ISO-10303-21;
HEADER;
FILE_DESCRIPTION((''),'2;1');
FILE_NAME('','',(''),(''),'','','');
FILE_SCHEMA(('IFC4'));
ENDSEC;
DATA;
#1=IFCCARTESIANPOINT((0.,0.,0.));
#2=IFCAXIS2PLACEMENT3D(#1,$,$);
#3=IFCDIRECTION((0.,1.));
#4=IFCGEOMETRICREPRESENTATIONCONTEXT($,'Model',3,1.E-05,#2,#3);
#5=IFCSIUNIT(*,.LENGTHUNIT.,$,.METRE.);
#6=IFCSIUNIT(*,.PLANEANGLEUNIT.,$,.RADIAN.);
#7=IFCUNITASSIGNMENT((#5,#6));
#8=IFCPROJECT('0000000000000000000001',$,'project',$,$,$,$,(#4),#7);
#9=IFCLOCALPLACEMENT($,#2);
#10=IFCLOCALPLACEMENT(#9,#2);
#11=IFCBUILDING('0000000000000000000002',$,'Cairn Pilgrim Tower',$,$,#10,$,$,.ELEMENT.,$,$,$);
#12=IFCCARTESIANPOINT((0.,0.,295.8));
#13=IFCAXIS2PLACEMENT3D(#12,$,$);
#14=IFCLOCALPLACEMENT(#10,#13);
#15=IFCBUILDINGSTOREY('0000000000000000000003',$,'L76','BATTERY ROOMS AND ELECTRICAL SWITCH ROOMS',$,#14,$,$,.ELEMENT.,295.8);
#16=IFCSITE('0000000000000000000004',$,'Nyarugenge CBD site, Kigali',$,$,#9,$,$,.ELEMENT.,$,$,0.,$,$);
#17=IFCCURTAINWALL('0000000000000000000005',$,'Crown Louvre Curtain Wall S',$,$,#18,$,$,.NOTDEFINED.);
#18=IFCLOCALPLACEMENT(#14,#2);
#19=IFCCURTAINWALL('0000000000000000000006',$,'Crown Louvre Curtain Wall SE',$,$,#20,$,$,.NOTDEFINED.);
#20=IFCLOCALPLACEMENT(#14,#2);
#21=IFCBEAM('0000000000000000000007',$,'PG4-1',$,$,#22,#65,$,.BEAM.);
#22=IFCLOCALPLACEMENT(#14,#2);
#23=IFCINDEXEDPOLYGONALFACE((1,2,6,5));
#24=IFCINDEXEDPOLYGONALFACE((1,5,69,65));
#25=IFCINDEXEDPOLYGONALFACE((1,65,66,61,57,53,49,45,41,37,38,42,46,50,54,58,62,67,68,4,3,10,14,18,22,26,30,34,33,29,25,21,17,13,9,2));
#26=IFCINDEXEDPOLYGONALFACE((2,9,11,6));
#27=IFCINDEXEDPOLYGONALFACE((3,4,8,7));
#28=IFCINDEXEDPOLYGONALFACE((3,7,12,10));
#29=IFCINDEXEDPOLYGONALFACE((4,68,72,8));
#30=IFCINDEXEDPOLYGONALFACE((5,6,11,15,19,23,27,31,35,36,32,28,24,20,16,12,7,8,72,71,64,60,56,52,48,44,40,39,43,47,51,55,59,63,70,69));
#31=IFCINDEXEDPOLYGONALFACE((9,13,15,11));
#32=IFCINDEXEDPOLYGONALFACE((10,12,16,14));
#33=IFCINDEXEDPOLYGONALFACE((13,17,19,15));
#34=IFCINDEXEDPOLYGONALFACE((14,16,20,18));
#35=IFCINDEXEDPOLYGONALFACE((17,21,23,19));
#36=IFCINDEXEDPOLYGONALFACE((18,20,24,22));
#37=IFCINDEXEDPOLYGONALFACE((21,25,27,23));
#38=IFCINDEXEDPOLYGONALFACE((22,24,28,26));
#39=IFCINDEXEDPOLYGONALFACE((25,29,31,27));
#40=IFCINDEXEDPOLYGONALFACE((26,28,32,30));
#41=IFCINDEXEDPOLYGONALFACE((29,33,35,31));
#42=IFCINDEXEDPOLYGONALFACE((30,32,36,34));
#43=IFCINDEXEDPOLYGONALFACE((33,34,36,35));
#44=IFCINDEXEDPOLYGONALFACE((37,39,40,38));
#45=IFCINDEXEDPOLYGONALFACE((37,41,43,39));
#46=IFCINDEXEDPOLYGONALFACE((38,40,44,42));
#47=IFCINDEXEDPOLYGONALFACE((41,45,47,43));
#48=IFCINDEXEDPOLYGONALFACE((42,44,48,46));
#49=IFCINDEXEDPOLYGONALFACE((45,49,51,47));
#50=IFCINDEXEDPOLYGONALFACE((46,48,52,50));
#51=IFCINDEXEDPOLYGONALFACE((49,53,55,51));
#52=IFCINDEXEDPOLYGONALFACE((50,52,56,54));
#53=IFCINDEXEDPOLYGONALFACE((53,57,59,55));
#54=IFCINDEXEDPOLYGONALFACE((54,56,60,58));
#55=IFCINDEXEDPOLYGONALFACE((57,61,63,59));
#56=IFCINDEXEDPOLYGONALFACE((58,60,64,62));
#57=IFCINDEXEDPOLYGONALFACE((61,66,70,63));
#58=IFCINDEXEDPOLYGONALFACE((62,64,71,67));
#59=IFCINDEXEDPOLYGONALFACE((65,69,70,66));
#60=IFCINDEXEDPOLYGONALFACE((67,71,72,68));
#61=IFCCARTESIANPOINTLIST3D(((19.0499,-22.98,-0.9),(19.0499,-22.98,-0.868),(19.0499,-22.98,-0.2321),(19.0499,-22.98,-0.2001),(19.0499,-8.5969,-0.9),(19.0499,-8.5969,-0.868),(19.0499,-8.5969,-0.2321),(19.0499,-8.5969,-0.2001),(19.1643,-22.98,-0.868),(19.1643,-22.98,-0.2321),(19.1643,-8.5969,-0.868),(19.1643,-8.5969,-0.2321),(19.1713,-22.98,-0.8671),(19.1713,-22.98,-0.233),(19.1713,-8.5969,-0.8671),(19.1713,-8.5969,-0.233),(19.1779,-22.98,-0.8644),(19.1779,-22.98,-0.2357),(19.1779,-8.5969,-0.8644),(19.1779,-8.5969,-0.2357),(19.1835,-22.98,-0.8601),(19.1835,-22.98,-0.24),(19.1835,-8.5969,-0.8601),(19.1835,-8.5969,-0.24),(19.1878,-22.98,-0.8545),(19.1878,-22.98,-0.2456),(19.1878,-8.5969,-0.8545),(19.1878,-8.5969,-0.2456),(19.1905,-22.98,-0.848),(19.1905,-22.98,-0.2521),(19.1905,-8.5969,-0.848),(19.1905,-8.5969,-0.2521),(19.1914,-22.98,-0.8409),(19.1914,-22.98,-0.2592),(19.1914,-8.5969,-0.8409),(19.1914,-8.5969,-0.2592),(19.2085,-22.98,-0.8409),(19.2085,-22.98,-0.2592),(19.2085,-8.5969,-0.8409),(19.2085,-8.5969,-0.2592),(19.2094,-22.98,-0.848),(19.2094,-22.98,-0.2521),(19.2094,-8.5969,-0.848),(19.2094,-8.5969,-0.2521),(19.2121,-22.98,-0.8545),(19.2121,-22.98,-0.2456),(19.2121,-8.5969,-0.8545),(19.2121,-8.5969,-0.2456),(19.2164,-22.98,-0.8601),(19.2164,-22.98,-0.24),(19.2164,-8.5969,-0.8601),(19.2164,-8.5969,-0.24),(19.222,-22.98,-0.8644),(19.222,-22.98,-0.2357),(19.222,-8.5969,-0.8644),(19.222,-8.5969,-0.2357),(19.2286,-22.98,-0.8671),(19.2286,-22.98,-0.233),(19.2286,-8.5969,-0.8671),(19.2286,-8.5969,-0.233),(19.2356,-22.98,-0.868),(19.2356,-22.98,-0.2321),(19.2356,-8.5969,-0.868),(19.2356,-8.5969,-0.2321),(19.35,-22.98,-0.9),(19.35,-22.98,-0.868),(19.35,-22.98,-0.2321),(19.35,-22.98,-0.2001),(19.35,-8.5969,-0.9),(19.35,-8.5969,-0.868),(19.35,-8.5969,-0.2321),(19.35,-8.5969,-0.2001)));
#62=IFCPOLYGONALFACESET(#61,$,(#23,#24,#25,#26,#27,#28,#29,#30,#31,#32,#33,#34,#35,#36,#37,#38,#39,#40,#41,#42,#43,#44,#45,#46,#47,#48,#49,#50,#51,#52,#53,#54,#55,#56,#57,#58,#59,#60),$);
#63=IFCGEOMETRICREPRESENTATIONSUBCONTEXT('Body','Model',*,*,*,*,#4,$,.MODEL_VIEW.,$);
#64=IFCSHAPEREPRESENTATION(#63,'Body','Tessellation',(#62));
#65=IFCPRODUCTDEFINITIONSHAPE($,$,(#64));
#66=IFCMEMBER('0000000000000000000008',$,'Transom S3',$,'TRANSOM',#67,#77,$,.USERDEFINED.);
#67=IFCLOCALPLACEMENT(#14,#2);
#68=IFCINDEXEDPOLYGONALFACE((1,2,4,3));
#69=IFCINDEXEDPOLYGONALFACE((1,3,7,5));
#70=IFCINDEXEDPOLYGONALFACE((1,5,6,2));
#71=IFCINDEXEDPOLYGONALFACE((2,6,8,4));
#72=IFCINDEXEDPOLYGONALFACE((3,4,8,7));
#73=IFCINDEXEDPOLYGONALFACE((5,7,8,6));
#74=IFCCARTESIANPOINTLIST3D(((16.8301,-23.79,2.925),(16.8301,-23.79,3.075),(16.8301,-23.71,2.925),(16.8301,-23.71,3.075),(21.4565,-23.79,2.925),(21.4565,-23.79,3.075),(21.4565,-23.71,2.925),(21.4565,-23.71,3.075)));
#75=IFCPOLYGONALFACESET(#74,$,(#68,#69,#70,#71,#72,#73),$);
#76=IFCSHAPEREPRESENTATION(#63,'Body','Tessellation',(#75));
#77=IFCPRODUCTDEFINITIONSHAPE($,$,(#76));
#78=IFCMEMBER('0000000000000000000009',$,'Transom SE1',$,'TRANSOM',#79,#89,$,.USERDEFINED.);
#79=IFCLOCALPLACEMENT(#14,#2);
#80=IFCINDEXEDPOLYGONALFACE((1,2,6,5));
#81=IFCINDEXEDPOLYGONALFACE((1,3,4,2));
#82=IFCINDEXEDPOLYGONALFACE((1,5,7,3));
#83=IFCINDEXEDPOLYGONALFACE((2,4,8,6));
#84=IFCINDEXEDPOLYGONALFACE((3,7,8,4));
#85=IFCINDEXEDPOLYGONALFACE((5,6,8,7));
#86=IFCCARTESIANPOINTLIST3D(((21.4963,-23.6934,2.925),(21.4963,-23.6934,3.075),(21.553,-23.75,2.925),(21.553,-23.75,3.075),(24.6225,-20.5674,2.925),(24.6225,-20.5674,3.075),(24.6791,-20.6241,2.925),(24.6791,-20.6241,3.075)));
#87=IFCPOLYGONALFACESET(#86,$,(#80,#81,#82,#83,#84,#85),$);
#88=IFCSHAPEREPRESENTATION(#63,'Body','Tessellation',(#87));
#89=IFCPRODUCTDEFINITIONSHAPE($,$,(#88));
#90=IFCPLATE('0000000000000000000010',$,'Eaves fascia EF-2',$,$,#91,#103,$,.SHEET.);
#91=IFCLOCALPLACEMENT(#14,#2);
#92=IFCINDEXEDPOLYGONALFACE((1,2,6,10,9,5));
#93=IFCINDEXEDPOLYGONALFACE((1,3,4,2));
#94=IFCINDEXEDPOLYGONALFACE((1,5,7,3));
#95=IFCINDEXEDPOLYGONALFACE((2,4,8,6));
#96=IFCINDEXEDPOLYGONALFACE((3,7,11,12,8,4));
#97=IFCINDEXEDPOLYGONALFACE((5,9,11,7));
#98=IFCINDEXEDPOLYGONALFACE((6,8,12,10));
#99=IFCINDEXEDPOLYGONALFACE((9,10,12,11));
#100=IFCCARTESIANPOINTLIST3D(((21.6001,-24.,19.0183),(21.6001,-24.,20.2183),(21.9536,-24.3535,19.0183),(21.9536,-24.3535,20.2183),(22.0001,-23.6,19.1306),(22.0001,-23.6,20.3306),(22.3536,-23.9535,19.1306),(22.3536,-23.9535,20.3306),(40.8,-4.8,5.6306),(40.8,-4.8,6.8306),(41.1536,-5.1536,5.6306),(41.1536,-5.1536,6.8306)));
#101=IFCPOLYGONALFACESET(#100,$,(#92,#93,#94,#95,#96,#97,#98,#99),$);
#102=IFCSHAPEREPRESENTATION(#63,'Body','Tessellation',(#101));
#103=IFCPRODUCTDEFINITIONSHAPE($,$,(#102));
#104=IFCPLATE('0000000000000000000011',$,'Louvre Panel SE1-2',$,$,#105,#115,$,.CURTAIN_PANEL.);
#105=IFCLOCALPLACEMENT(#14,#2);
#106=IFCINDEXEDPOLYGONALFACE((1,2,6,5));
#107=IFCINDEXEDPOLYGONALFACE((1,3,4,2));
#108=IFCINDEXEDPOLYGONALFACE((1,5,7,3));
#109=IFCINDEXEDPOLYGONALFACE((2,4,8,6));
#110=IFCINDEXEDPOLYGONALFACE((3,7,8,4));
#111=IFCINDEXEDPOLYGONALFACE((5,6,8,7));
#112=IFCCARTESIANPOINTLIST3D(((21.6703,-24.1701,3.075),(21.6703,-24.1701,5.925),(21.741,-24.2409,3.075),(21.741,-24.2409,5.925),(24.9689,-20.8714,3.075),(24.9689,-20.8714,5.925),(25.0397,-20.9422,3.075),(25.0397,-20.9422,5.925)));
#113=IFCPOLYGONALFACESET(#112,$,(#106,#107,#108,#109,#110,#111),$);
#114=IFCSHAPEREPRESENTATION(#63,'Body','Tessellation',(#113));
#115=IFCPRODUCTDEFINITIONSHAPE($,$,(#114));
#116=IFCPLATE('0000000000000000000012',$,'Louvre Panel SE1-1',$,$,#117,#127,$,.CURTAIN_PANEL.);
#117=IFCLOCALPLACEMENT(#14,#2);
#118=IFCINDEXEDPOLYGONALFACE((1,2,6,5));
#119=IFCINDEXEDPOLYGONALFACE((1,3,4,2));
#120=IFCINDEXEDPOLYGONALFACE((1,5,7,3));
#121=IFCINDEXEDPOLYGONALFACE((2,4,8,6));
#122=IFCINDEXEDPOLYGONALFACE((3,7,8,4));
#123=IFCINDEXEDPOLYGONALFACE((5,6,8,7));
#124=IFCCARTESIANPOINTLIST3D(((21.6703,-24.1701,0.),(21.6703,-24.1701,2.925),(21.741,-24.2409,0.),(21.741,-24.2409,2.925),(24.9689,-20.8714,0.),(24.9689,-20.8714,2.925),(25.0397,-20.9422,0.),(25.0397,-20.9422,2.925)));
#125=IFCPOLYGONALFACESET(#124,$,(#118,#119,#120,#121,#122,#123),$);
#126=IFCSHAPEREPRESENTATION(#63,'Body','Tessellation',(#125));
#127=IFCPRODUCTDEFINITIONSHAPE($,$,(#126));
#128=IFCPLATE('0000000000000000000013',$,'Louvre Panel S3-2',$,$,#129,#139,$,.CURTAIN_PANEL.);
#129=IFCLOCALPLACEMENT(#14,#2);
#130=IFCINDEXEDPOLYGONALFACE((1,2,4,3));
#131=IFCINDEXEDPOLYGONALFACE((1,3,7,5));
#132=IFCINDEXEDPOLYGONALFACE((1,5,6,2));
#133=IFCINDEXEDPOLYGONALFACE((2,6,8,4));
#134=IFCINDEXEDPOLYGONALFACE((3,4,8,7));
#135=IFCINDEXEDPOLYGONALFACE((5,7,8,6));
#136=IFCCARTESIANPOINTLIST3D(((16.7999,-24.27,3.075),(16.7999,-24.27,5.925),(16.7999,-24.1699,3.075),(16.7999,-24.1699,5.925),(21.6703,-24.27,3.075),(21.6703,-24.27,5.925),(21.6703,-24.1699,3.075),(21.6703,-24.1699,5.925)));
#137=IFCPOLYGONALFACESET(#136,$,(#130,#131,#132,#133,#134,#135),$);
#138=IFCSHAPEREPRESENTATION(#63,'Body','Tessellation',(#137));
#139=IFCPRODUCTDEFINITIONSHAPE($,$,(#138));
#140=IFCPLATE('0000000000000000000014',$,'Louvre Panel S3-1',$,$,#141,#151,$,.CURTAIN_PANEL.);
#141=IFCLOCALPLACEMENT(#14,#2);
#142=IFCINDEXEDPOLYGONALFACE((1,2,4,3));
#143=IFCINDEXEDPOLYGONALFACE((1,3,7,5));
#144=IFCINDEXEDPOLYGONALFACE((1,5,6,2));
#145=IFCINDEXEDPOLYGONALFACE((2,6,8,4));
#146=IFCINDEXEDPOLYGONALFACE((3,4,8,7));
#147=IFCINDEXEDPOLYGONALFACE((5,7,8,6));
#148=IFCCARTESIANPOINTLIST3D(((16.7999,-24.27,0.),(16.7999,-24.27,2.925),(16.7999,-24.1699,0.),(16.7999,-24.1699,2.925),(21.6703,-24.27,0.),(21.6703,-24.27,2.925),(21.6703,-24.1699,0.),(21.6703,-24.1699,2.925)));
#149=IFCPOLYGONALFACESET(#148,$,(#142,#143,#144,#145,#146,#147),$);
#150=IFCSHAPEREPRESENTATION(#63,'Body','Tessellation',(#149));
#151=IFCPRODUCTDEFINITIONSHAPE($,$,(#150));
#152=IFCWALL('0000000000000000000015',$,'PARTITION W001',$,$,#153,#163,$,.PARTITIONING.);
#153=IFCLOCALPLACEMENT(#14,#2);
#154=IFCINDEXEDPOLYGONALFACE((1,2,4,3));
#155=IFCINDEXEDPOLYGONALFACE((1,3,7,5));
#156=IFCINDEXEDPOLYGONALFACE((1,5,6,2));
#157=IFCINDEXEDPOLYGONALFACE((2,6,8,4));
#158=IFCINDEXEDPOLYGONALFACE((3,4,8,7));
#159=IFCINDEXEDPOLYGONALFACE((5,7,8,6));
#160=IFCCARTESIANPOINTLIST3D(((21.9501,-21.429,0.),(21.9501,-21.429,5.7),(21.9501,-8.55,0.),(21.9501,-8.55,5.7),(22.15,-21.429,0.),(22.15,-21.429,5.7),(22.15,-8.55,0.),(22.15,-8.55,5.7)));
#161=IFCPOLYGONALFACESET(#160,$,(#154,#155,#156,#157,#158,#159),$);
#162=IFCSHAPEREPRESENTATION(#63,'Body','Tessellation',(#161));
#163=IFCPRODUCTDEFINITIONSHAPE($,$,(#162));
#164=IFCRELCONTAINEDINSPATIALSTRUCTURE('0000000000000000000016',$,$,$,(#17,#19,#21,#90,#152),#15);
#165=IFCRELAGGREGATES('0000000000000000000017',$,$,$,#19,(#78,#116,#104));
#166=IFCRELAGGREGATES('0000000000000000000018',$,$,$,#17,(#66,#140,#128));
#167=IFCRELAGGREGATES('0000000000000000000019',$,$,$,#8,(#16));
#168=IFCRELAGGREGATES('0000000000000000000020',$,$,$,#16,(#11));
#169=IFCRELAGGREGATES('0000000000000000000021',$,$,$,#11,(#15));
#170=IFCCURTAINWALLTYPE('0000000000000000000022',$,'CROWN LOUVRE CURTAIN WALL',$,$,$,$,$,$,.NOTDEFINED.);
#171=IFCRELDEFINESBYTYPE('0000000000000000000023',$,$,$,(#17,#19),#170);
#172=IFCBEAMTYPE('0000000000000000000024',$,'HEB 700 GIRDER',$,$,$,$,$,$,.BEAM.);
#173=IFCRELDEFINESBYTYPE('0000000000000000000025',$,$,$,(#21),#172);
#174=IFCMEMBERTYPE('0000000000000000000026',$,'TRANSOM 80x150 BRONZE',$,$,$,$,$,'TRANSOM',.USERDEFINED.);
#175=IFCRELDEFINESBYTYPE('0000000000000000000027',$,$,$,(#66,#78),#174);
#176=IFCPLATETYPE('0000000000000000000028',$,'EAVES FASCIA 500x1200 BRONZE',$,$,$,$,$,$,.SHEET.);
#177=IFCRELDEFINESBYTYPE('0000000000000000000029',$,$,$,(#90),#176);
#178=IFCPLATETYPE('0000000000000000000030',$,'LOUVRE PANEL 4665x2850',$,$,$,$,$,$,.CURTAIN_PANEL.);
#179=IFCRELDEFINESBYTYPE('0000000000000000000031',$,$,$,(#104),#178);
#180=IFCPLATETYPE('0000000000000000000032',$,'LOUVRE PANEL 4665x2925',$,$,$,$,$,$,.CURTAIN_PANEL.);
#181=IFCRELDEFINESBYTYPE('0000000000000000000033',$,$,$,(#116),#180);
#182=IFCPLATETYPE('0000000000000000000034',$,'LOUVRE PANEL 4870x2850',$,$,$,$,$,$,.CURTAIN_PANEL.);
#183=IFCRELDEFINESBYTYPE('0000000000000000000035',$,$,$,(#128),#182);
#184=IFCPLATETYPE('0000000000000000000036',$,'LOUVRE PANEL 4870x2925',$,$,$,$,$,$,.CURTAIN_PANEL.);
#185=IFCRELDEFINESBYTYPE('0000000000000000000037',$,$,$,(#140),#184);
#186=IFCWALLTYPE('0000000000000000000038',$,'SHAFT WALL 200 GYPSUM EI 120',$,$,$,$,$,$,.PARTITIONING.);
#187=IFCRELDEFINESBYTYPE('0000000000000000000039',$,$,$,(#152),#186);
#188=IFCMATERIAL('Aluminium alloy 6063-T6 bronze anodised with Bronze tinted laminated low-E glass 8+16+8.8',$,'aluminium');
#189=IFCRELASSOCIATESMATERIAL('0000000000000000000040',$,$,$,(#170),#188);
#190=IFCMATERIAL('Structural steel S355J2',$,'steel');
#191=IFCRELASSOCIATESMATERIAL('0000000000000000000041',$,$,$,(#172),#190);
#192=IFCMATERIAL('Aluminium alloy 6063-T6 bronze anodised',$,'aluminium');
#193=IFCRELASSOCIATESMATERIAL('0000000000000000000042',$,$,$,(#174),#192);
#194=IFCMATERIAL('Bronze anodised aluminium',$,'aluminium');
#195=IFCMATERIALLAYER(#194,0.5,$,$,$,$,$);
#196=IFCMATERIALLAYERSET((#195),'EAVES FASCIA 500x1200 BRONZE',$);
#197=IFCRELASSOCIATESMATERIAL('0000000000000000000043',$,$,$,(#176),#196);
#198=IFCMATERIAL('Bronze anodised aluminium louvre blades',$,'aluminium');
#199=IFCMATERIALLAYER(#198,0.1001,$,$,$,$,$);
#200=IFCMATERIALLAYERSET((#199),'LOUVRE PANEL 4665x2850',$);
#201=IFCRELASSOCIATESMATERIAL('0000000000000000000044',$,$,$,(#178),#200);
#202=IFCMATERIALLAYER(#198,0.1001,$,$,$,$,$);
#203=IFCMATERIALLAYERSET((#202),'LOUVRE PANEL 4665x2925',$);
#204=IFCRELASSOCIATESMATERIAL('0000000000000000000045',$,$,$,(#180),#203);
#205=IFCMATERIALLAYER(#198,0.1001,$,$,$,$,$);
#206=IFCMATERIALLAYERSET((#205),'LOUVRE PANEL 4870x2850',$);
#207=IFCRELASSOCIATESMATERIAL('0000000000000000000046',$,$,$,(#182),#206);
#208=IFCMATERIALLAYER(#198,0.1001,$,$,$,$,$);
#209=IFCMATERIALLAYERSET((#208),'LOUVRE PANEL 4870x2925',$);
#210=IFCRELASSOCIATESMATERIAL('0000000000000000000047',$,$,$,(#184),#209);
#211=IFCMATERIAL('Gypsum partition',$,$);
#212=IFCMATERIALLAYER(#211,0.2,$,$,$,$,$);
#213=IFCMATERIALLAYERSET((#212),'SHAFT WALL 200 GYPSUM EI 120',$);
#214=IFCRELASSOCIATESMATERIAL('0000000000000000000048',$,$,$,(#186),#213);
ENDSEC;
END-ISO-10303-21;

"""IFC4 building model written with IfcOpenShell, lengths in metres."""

from ifc_helpers import new_model, si_unit, direction, frame, frame_2d, origin, origin_2d, place, context, subcontext, project, spatial, polyline, rectangle, i_section, outline, extrude, material, layer, layer_set, material_profile, profile_set, type_object, element, aggregate, save


model = new_model("IFC4")

# Units and contexts
model_context = context("Model", 3, precision=1e-05, world=origin(), true_north=direction((0.0, 1.0)))
body_context = subcontext(model_context, "Body", "Model", "MODEL_VIEW")
ifc_project = project(units=[si_unit("LENGTHUNIT", "METRE"), si_unit("PLANEANGLEUNIT", "RADIAN")], contexts=[model_context])

# Site, building, storey
site_placement = place(None, origin())
site = spatial("IfcSite", under=ifc_project, at=site_placement, Name="Nyarugenge CBD site, Kigali", CompositionType="ELEMENT", RefElevation=0.0)
building_placement = place(site_placement, origin())
building = spatial("IfcBuilding", under=site, at=building_placement, Name="Cairn Pilgrim Tower", CompositionType="ELEMENT")
storey_placement = place(building_placement, frame((0.0, 0.0, 295.8)))
storey = spatial("IfcBuildingStorey", under=building, at=storey_placement, Name="L76", Description="BATTERY ROOMS AND ELECTRICAL SWITCH ROOMS", CompositionType="ELEMENT", Elevation=295.8)

# Shared definitions
ifc_material_1 = material(Name="Structural steel S355J2", Category="steel")

# Curtain wall
ifc_material_2 = material(Name="Aluminium alloy 6063-T6 bronze anodised with Bronze tinted laminated low-E glass 8+16+8.8", Category="aluminium")
curtain_wall_type = type_object("IfcCurtainWallType", Name="CROWN LOUVRE CURTAIN WALL", PredefinedType="NOTDEFINED", material=ifc_material_2)
curtain_wall_1_placement = place(storey_placement, origin())
curtain_wall_1 = element("IfcCurtainWall", 1, at=curtain_wall_1_placement, inside=storey, type_object=curtain_wall_type, Name="Crown Louvre Curtain Wall S", PredefinedType="NOTDEFINED")
ifc_material_3 = material(Name="Aluminium alloy 6063-T6 bronze anodised", Category="aluminium")

# Curtain wall
curtain_wall_2_placement = place(storey_placement, origin())
curtain_wall_2 = element("IfcCurtainWall", 2, at=curtain_wall_2_placement, inside=storey, type_object=curtain_wall_type, Name="Crown Louvre Curtain Wall SE", PredefinedType="NOTDEFINED")

# Beam
ifc_material_profile_1 = material_profile(ifc_material_1, i_section(OverallWidth=0.3, OverallDepth=0.7, WebThickness=0.0171, FlangeThickness=0.032, FilletRadius=0.0271, at=origin_2d()), Name="HEB 700")
ifc_profile_set_1 = profile_set([ifc_material_profile_1], Name="Structural steel S355J2")
beam_type_1 = type_object("IfcBeamType", Name="HEB 700 GIRDER", PredefinedType="BEAM", material=ifc_profile_set_1)
beam_1_placement = place(storey_placement, frame((19.2, -22.98, -0.55), z_axis=(0.0, 1.0, 0.0), x_axis=(-1.0, 0.0, 0.0)))
element("IfcBeam", 3, at=beam_1_placement, inside=storey, type_object=beam_type_1, Name="PG4-1", PredefinedType="BEAM", context=body_context, shape_type="SweptSolid", body=[
    extrude(i_section(OverallWidth=0.3, OverallDepth=0.7, WebThickness=0.0171, FlangeThickness=0.032, FilletRadius=0.0271, at=origin_2d()), origin(), (0.0, 0.0, 1.0), 14.3831),
])

# Members
ifc_material_profile_2 = material_profile(ifc_material_3, rectangle(XDim=0.0801, YDim=0.1499, at=origin_2d()), Name="TRANSOM 80x150 BRONZE")
ifc_profile_set_2 = profile_set([ifc_material_profile_2], Name="Aluminium alloy 6063-T6 bronze anodised")
member_type_1 = type_object("IfcMemberType", Name="TRANSOM 80x150 BRONZE", ElementType="TRANSOM", PredefinedType="USERDEFINED", material=ifc_profile_set_2)
member_1_placement = place(storey_placement, frame((16.8301, -23.75, 3.0), z_axis=(1.0, 0.0, 0.0), x_axis=(0.0, 1.0, 0.0)))
member_1 = element("IfcMember", 4, at=member_1_placement, type_object=member_type_1, Name="Transom S3", ObjectType="TRANSOM", PredefinedType="USERDEFINED", context=body_context, shape_type="SweptSolid", body=[
    extrude(rectangle(XDim=0.0801, YDim=0.1499, at=origin_2d()), origin(), (0.0, 0.0, 1.0), 4.6265),
])
member_2_placement = place(storey_placement, frame((21.5247, -23.7217, 3.0), z_axis=(0.707134, 0.707079, 0.0), x_axis=(-0.707079, 0.707134, 0.0)))
member_2 = element("IfcMember", 5, at=member_2_placement, type_object=member_type_1, Name="Transom SE1", ObjectType="TRANSOM", PredefinedType="USERDEFINED", context=body_context, shape_type="SweptSolid", body=[
    extrude(rectangle(XDim=0.0801, YDim=0.1499, at=origin_2d()), origin(), (0.0, 0.0, 1.0), 4.4209),
])

# Plates
ifc_material_4 = material(Name="Bronze anodised aluminium", Category="aluminium")
ifc_layer_1 = layer(ifc_material_4, 0.5)
ifc_layer_set_1 = layer_set([ifc_layer_1], Name="EAVES FASCIA 500x1200 BRONZE")
plate_type_1 = type_object("IfcPlateType", Name="EAVES FASCIA 500x1200 BRONZE", PredefinedType="SHEET", material=ifc_layer_set_1)
plate_1_placement = place(storey_placement, frame((21.7769, -24.1768, 5.6306), z_axis=(0.0, 0.0, 1.0), x_axis=(0.707107, 0.707107, 0.0)))
element("IfcPlate", 6, at=plate_1_placement, inside=storey, type_object=plate_type_1, Name="Eaves fascia EF-2", PredefinedType="SHEET", context=body_context, shape_type="SweptSolid", body=[
    extrude(outline(polyline([(0.0, 13.3877), (0.5657, 13.5), (27.1528, 0.0), (27.1528, 1.2), (0.5657, 14.7), (0.0, 14.5876), (0.0, 13.3877)])), frame((0.0, 0.25, 0.0), z_axis=(0.0, -1.0, 0.0), x_axis=(1.0, 0.0, 0.0)), (0.0, 0.0, 1.0), 0.5),
])
ifc_material_5 = material(Name="Bronze anodised aluminium louvre blades", Category="aluminium")
ifc_layer_2 = layer(ifc_material_5, 0.1001)
ifc_layer_set_2 = layer_set([ifc_layer_2], Name="LOUVRE PANEL 4665x2850")
plate_type_2 = type_object("IfcPlateType", Name="LOUVRE PANEL 4665x2850", PredefinedType="CURTAIN_PANEL", material=ifc_layer_set_2)
plate_2_placement = place(storey_placement, frame((23.355, -22.5562, 3.075), z_axis=(0.0, 0.0, 1.0), x_axis=(0.707107, 0.707107, 0.0)))
plate_2 = element("IfcPlate", 7, at=plate_2_placement, type_object=plate_type_2, Name="Louvre Panel SE1-2", PredefinedType="CURTAIN_PANEL", context=body_context, shape_type="SweptSolid", body=[
    extrude(rectangle(XDim=4.665, YDim=0.1001, at=origin_2d()), origin(), (0.0, 0.0, 1.0), 2.8501),
])
ifc_layer_3 = layer(ifc_material_5, 0.1001)
ifc_layer_set_3 = layer_set([ifc_layer_3], Name="LOUVRE PANEL 4665x2925")
plate_type_3 = type_object("IfcPlateType", Name="LOUVRE PANEL 4665x2925", PredefinedType="CURTAIN_PANEL", material=ifc_layer_set_3)
plate_3_placement = place(storey_placement, frame((23.355, -22.5562, 0.0), z_axis=(0.0, 0.0, 1.0), x_axis=(0.707107, 0.707107, 0.0)))
plate_3 = element("IfcPlate", 8, at=plate_3_placement, type_object=plate_type_3, Name="Louvre Panel SE1-1", PredefinedType="CURTAIN_PANEL", context=body_context, shape_type="SweptSolid", body=[
    extrude(rectangle(XDim=4.665, YDim=0.1001, at=origin_2d()), origin(), (0.0, 0.0, 1.0), 2.925),
])
aggregate(curtain_wall_2, [member_2, plate_3, plate_2])
ifc_layer_4 = layer(ifc_material_5, 0.1001)
ifc_layer_set_4 = layer_set([ifc_layer_4], Name="LOUVRE PANEL 4870x2850")
plate_type_4 = type_object("IfcPlateType", Name="LOUVRE PANEL 4870x2850", PredefinedType="CURTAIN_PANEL", material=ifc_layer_set_4)
plate_4_placement = place(storey_placement, frame((19.2351, -24.22, 3.075), z_axis=(0.0, 0.0, 1.0), x_axis=(1.0, 0.0, 0.0)))
plate_4 = element("IfcPlate", 9, at=plate_4_placement, type_object=plate_type_4, Name="Louvre Panel S3-2", PredefinedType="CURTAIN_PANEL", context=body_context, shape_type="SweptSolid", body=[
    extrude(rectangle(XDim=4.8704, YDim=0.1001, at=origin_2d()), origin(), (0.0, 0.0, 1.0), 2.8501),
])
ifc_layer_5 = layer(ifc_material_5, 0.1001)
ifc_layer_set_5 = layer_set([ifc_layer_5], Name="LOUVRE PANEL 4870x2925")
plate_type_5 = type_object("IfcPlateType", Name="LOUVRE PANEL 4870x2925", PredefinedType="CURTAIN_PANEL", material=ifc_layer_set_5)
plate_5_placement = place(storey_placement, frame((19.2351, -24.22, 0.0), z_axis=(0.0, 0.0, 1.0), x_axis=(1.0, 0.0, 0.0)))
plate_5 = element("IfcPlate", 10, at=plate_5_placement, type_object=plate_type_5, Name="Louvre Panel S3-1", PredefinedType="CURTAIN_PANEL", context=body_context, shape_type="SweptSolid", body=[
    extrude(rectangle(XDim=4.8704, YDim=0.1001, at=origin_2d()), origin(), (0.0, 0.0, 1.0), 2.925),
])
aggregate(curtain_wall_1, [member_1, plate_5, plate_4])

# Wall
ifc_material_6 = material(Name="Gypsum partition")
ifc_layer_6 = layer(ifc_material_6, 0.2)
ifc_layer_set_6 = layer_set([ifc_layer_6], Name="SHAFT WALL 200 GYPSUM EI 120")
wall_type = type_object("IfcWallType", Name="SHAFT WALL 200 GYPSUM EI 120", PredefinedType="PARTITIONING", material=ifc_layer_set_6)
wall_placement = place(storey_placement, frame((22.05, -21.429, 0.0), z_axis=(0.0, 0.0, 1.0), x_axis=(0.0, 1.0, 0.0)))
element("IfcWall", 11, at=wall_placement, inside=storey, type_object=wall_type, Name="PARTITION W001", PredefinedType="PARTITIONING", context=body_context, shape_type="SweptSolid", body=[
    extrude(rectangle(XDim=12.8789, YDim=0.2, at=frame_2d((6.4395, 0.0))), origin(), (0.0, 0.0, 1.0), 5.7),
])

save(model, "model.ifc")
